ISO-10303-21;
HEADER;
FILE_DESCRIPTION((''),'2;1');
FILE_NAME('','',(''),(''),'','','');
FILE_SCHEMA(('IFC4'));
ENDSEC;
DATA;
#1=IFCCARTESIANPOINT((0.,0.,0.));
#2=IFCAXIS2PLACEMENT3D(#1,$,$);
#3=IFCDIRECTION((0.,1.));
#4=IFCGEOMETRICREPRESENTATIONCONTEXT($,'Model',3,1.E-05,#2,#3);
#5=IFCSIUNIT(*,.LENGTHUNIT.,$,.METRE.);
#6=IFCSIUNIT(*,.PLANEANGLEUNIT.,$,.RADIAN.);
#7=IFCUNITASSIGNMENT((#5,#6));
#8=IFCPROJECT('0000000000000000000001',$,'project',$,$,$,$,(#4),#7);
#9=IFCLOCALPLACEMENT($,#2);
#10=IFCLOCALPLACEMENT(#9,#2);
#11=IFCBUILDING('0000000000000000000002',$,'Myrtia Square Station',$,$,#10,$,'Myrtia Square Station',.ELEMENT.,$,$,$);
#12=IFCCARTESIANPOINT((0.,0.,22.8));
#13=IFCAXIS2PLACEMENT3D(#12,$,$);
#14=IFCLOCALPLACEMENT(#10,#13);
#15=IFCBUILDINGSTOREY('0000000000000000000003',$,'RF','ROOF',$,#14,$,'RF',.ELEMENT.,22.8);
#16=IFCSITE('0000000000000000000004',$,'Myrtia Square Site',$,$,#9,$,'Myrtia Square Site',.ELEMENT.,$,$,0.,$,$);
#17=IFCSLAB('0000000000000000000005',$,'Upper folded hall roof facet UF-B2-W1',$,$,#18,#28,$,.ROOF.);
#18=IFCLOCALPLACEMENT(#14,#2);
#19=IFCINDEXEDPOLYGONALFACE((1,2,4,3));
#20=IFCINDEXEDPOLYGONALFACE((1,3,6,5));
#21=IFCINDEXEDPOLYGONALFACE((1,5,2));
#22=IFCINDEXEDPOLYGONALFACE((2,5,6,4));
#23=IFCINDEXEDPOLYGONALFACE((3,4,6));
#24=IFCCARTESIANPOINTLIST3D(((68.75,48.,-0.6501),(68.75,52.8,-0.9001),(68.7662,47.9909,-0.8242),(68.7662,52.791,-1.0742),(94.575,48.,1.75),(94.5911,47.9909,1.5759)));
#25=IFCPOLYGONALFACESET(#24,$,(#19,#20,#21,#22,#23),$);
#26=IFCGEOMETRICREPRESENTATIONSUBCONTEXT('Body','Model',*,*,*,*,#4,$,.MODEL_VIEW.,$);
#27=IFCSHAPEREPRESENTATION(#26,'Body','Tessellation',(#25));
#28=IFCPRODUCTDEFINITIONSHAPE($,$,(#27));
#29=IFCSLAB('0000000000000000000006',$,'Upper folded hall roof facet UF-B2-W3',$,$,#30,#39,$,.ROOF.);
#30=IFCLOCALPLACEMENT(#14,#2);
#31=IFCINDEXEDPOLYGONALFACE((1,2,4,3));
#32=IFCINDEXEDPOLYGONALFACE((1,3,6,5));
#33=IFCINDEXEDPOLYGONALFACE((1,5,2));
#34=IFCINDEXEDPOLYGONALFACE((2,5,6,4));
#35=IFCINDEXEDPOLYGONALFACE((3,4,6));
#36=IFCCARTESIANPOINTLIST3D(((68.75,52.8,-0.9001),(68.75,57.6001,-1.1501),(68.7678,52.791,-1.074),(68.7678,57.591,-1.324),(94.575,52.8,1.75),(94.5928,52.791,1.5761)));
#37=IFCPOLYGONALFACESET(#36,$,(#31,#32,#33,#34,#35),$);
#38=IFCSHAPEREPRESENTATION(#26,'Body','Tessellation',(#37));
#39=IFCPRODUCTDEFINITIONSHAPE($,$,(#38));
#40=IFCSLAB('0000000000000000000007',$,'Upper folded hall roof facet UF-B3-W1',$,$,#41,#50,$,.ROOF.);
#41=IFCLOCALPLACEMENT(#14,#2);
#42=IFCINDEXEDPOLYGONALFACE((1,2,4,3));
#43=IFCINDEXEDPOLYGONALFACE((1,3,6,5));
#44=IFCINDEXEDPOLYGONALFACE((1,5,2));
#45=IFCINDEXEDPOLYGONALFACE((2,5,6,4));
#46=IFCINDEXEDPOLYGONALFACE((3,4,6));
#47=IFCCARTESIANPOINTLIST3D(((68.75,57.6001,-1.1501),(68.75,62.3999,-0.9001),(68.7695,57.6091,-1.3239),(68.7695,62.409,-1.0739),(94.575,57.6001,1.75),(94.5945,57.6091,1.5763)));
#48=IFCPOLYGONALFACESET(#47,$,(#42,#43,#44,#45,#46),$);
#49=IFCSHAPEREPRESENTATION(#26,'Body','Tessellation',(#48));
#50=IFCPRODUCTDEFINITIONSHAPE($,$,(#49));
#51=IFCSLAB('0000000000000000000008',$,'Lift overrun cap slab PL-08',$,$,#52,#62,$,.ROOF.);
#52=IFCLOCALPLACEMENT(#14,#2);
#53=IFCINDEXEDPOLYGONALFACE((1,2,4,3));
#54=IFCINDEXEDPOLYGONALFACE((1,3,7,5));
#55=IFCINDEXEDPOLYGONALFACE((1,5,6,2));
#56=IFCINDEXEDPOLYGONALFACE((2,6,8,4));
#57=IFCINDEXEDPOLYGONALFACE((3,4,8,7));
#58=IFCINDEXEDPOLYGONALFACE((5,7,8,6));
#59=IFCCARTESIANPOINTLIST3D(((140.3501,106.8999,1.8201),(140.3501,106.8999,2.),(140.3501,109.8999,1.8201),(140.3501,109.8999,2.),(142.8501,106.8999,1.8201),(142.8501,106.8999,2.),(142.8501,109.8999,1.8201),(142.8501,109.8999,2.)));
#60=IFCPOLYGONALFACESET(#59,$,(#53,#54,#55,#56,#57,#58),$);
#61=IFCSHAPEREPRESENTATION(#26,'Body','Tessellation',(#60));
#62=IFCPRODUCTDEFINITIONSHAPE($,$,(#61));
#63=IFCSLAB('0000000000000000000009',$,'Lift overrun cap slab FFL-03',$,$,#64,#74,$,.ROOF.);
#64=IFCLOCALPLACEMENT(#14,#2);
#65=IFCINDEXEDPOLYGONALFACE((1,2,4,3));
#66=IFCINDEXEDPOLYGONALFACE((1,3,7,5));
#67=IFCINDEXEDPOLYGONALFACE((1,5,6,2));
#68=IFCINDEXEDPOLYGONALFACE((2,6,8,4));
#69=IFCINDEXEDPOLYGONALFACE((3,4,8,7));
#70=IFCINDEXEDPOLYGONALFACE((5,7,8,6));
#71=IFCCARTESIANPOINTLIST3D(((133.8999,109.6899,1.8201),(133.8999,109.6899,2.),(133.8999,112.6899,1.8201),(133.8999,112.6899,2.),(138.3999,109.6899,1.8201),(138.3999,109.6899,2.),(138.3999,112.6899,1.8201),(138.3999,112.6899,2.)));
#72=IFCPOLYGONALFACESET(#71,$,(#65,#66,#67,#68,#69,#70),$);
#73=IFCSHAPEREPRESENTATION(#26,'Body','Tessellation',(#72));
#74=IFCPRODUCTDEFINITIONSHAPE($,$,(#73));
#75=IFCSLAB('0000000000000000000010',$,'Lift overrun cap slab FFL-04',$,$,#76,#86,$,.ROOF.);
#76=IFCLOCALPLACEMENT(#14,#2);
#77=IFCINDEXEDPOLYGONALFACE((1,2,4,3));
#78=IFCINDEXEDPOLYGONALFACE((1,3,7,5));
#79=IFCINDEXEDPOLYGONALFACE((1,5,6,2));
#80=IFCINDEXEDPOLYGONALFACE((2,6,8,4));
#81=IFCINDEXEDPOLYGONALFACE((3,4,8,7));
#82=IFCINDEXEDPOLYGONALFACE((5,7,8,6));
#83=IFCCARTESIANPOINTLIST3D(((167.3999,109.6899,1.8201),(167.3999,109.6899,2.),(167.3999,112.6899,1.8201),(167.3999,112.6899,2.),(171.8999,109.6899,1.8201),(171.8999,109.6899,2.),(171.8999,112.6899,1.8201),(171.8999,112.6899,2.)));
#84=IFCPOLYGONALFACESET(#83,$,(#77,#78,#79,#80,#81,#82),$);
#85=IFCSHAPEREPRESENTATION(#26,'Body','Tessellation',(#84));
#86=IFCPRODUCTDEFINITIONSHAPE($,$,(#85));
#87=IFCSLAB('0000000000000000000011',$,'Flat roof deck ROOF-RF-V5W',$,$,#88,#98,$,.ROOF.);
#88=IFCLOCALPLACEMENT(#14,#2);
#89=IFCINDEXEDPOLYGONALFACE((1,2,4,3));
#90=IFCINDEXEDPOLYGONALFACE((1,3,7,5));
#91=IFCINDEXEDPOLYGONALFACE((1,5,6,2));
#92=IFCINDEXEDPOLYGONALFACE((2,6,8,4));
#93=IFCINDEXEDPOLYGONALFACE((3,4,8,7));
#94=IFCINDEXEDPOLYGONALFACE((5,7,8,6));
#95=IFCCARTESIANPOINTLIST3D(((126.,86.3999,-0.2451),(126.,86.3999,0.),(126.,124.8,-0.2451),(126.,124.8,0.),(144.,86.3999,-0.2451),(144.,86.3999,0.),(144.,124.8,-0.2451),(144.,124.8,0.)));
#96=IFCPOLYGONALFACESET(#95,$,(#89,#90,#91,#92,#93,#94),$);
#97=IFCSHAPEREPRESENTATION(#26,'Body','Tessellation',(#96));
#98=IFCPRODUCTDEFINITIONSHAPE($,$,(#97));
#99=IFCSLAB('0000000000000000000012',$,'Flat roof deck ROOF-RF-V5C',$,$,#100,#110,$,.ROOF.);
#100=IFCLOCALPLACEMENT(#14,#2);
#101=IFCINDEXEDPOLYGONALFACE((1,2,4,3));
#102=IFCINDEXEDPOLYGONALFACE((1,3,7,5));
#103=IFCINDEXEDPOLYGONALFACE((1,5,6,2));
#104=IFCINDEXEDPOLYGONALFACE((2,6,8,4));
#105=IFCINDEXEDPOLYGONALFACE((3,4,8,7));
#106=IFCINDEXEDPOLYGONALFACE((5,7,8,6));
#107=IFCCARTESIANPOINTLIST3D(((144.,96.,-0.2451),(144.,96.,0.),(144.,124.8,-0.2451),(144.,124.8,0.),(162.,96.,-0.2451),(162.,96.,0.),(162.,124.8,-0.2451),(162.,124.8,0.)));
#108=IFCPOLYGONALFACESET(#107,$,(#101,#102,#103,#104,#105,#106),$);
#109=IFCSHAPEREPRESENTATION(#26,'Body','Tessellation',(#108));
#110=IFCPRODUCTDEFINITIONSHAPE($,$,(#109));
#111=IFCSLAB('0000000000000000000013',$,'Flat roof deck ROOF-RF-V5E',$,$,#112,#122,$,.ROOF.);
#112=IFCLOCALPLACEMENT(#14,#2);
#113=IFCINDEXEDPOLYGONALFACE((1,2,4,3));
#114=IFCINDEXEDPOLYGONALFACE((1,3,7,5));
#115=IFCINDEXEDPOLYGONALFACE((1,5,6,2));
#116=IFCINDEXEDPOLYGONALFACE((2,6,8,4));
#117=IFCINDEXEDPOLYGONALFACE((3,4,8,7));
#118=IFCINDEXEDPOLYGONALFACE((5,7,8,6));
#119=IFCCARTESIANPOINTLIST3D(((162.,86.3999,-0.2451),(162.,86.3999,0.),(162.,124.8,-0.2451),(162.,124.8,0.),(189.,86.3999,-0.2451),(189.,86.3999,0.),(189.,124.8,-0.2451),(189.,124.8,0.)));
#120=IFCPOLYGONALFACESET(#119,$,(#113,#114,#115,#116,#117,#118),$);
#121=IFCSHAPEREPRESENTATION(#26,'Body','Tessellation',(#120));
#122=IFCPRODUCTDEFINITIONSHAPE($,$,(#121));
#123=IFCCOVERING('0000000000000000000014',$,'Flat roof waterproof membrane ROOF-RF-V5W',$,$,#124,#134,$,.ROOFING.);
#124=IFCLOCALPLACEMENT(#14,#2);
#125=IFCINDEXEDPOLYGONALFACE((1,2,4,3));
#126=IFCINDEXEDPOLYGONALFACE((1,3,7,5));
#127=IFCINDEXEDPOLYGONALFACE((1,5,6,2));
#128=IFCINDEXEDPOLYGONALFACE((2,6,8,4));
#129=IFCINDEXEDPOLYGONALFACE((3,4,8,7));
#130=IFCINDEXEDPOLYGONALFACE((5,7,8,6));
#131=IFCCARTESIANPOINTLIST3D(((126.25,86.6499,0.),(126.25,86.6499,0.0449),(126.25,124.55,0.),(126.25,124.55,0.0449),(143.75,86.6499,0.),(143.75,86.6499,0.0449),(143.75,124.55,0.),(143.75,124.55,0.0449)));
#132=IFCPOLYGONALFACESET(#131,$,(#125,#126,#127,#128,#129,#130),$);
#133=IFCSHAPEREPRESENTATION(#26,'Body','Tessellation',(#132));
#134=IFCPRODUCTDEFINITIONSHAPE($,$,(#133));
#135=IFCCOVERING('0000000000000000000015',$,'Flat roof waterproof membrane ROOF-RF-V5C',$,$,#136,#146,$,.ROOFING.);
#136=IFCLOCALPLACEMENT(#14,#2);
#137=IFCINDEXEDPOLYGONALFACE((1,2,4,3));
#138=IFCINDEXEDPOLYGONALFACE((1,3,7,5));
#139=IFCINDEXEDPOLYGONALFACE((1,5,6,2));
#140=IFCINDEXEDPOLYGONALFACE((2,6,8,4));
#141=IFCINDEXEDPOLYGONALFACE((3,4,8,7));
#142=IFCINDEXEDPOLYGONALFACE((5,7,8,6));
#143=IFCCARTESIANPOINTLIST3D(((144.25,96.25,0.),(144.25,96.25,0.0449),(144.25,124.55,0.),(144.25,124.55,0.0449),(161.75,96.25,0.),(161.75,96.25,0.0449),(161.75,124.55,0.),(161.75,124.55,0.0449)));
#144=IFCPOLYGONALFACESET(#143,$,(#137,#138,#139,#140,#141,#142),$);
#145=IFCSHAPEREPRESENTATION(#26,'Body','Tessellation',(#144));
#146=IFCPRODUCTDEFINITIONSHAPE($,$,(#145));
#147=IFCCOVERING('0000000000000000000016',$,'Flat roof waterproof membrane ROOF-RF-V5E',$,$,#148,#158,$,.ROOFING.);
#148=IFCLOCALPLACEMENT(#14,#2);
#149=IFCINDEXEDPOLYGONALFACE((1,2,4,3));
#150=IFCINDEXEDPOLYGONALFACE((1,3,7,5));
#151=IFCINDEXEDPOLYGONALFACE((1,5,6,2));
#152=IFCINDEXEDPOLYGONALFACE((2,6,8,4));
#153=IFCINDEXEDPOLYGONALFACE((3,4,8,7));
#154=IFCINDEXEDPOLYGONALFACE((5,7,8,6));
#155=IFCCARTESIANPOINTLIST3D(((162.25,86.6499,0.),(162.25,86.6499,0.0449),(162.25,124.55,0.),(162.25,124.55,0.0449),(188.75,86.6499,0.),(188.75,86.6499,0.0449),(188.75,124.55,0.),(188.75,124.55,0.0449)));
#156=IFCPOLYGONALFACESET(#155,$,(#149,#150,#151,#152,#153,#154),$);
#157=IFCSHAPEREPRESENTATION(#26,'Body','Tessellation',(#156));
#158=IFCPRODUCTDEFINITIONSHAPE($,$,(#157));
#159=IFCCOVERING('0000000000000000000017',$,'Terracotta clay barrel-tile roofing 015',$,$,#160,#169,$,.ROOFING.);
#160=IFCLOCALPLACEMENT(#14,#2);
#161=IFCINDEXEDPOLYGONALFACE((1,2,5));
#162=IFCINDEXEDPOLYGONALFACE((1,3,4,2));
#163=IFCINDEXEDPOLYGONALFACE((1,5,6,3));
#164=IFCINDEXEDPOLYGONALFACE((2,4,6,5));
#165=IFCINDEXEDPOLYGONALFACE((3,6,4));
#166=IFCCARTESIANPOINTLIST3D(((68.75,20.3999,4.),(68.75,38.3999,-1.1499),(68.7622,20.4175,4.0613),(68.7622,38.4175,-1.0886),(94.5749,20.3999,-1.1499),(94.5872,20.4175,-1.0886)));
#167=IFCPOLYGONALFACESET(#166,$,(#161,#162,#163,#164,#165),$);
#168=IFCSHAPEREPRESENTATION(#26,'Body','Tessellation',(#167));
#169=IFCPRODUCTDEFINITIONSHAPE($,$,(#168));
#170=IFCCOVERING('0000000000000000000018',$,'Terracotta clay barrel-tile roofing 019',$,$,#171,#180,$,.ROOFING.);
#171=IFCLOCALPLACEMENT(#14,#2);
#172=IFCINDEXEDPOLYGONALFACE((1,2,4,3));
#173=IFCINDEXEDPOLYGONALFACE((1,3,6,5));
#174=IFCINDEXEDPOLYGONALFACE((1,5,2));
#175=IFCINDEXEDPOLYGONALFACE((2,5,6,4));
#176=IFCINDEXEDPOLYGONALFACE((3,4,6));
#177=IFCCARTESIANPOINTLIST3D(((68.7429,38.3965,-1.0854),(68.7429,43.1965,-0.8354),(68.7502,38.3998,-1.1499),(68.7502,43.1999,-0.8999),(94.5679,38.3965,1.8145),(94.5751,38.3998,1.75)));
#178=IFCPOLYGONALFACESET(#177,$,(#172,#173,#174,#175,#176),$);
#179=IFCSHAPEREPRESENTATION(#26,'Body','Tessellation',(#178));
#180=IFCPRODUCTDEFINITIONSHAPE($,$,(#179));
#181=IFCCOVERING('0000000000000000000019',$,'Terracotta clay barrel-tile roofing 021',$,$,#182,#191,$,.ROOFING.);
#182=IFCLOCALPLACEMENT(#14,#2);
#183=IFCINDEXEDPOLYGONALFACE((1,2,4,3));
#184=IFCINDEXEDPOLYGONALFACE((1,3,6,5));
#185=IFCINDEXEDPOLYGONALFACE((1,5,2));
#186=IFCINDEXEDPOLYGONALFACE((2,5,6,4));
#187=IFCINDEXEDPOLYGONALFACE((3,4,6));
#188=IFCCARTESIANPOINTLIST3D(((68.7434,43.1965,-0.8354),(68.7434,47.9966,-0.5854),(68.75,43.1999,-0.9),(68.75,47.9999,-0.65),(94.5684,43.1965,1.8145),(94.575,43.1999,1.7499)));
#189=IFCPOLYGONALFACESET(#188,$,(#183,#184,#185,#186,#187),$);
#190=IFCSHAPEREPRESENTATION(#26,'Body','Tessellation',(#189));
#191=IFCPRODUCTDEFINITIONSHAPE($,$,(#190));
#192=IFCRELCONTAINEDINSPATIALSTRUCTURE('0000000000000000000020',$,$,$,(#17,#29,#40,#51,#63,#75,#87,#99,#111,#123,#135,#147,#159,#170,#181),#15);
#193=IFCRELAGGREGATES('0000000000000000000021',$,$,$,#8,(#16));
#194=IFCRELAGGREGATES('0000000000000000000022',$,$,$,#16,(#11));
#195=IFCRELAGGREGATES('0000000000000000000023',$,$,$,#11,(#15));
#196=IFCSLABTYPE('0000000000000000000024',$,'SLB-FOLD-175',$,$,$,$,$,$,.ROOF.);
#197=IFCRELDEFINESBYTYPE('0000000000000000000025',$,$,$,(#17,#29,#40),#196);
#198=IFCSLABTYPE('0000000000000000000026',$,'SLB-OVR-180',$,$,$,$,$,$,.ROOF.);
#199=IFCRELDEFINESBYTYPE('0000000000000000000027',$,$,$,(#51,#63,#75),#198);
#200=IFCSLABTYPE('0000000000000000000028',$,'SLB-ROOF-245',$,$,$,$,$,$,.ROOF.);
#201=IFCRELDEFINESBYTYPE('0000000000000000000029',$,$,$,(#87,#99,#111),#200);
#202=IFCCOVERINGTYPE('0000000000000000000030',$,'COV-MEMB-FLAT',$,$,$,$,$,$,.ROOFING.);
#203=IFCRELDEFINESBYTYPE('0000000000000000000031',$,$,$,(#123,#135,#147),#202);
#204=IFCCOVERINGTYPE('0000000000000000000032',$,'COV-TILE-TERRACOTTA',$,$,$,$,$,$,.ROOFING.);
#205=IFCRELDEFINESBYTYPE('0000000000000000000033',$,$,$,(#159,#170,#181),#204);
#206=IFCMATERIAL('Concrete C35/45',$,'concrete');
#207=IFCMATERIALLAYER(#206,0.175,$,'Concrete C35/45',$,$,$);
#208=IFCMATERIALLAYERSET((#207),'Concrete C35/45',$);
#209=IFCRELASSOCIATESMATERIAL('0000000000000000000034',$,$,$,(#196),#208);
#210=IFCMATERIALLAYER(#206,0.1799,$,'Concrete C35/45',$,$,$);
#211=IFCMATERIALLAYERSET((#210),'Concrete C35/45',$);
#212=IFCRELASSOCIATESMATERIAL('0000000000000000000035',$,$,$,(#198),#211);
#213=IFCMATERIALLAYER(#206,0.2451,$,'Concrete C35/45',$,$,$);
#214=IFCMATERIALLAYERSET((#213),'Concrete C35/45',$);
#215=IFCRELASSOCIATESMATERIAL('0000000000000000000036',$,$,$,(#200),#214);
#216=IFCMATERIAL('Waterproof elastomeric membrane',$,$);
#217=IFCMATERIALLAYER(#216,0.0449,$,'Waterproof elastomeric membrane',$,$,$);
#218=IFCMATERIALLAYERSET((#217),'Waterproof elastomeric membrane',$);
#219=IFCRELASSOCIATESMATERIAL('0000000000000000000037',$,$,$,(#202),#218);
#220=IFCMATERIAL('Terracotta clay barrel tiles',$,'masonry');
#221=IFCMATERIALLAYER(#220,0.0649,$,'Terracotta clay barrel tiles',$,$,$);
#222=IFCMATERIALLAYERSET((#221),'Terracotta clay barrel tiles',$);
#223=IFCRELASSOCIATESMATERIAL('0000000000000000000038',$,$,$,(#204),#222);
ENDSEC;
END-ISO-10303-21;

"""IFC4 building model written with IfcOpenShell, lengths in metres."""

from ifc_helpers import new_model, si_unit, direction, frame, origin, place, context, subcontext, project, spatial, polyline, outline, extrude, material, layer, layer_set, type_object, element, save


model = new_model("IFC4")

# Units and contexts
model_context = context("Model", 3, precision=1e-05, world=origin(), true_north=direction((0.0, 1.0)))
body_context = subcontext(model_context, "Body", "Model", "MODEL_VIEW")
ifc_project = project(units=[si_unit("LENGTHUNIT", "METRE"), si_unit("PLANEANGLEUNIT", "RADIAN")], contexts=[model_context])

# Site, building, storey
site_placement = place(None, origin())
site = spatial("IfcSite", under=ifc_project, at=site_placement, Name="Myrtia Square Site", LongName="Myrtia Square Site", CompositionType="ELEMENT", RefElevation=0.0)
building_placement = place(site_placement, origin())
building = spatial("IfcBuilding", under=site, at=building_placement, Name="Myrtia Square Station", LongName="Myrtia Square Station", CompositionType="ELEMENT")
storey_placement = place(building_placement, frame((0.0, 0.0, 22.8)))
storey = spatial("IfcBuildingStorey", under=building, at=storey_placement, Name="RF", Description="ROOF", LongName="RF", CompositionType="ELEMENT", Elevation=22.8)

# Slabs
ifc_material_1 = material(Name="Concrete C35/45", Category="concrete")
ifc_layer_1 = layer(ifc_material_1, 0.175, Name="Concrete C35/45")
ifc_layer_set_1 = layer_set([ifc_layer_1], Name="Concrete C35/45")
slab_type_1 = type_object("IfcSlabType", Name="SLB-FOLD-175", PredefinedType="ROOF", material=ifc_layer_set_1)
slab_1_placement = place(storey_placement, frame((68.75, 48.0, -0.6501), z_axis=(-0.092416, 0.05179, 0.994373), x_axis=(0.995709, 0.0, 0.09254)))
element("IfcSlab", 1, at=slab_1_placement, inside=storey, type_object=slab_type_1, Name="Upper folded hall roof facet UF-B2-W1", PredefinedType="ROOF", context=body_context, shape_type="SweptSolid", body=[
    extrude(outline(polyline([(0.0, 0.0), (25.9362, 0.0), (-0.0231, 4.8065), (0.0, 0.0)])), origin(), (0.0, 0.0, -1.0), 0.175),
])
slab_2_placement = place(storey_placement, frame((68.75, 52.8, -0.9001), z_axis=(-0.101947, 0.051741, 0.993443), x_axis=(0.994776, 0.0, 0.102084)))
element("IfcSlab", 2, at=slab_2_placement, inside=storey, type_object=slab_type_1, Name="Upper folded hall roof facet UF-B2-W3", PredefinedType="ROOF", context=body_context, shape_type="SweptSolid", body=[
    extrude(outline(polyline([(0.0, 0.0), (25.9606, 0.0), (-0.0255, 4.8065), (0.0, 0.0)])), origin(), (0.0, 0.0, -1.0), 0.175),
])
slab_3_placement = place(storey_placement, frame((68.75, 57.6001, -1.1501), z_axis=(-0.111449, -0.051691, 0.992425), x_axis=(0.993753, 0.0, 0.111599)))
element("IfcSlab", 3, at=slab_3_placement, inside=storey, type_object=slab_type_1, Name="Upper folded hall roof facet UF-B3-W1", PredefinedType="ROOF", context=body_context, shape_type="SweptSolid", body=[
    extrude(outline(polyline([(0.0, 0.0), (25.9873, 0.0), (0.0279, 4.8062), (0.0, 0.0)])), origin(), (0.0, 0.0, -1.0), 0.175),
])
ifc_layer_2 = layer(ifc_material_1, 0.1799, Name="Concrete C35/45")
ifc_layer_set_2 = layer_set([ifc_layer_2], Name="Concrete C35/45")
slab_type_2 = type_object("IfcSlabType", Name="SLB-OVR-180", PredefinedType="ROOF", material=ifc_layer_set_2)
slab_4_placement = place(storey_placement, frame((0.0, 0.0, 1.8201)))
element("IfcSlab", 4, at=slab_4_placement, inside=storey, type_object=slab_type_2, Name="Lift overrun cap slab PL-08", PredefinedType="ROOF", context=body_context, shape_type="SweptSolid", body=[
    extrude(outline(polyline([(140.3501, 106.8999), (142.8501, 106.8999), (142.8501, 109.8999), (140.3501, 109.8999), (140.3501, 106.8999)])), origin(), (0.0, 0.0, 1.0), 0.1799),
])
slab_5_placement = place(storey_placement, frame((0.0, 0.0, 1.8201)))
element("IfcSlab", 5, at=slab_5_placement, inside=storey, type_object=slab_type_2, Name="Lift overrun cap slab FFL-03", PredefinedType="ROOF", context=body_context, shape_type="SweptSolid", body=[
    extrude(outline(polyline([(133.8999, 109.6899), (138.3999, 109.6899), (138.3999, 112.6899), (133.8999, 112.6899), (133.8999, 109.6899)])), origin(), (0.0, 0.0, 1.0), 0.1799),
])
slab_6_placement = place(storey_placement, frame((0.0, 0.0, 1.8201)))
element("IfcSlab", 6, at=slab_6_placement, inside=storey, type_object=slab_type_2, Name="Lift overrun cap slab FFL-04", PredefinedType="ROOF", context=body_context, shape_type="SweptSolid", body=[
    extrude(outline(polyline([(167.3999, 109.6899), (171.8999, 109.6899), (171.8999, 112.6899), (167.3999, 112.6899), (167.3999, 109.6899)])), origin(), (0.0, 0.0, 1.0), 0.1799),
])
ifc_layer_3 = layer(ifc_material_1, 0.2451, Name="Concrete C35/45")
ifc_layer_set_3 = layer_set([ifc_layer_3], Name="Concrete C35/45")
slab_type_3 = type_object("IfcSlabType", Name="SLB-ROOF-245", PredefinedType="ROOF", material=ifc_layer_set_3)
slab_7_placement = place(storey_placement, frame((0.0, 0.0, -0.2451)))
element("IfcSlab", 7, at=slab_7_placement, inside=storey, type_object=slab_type_3, Name="Flat roof deck ROOF-RF-V5W", PredefinedType="ROOF", context=body_context, shape_type="SweptSolid", body=[
    extrude(outline(polyline([(126.0, 86.3999), (144.0, 86.3999), (144.0, 124.8), (126.0, 124.8), (126.0, 86.3999)])), origin(), (0.0, 0.0, 1.0), 0.2451),
])
slab_8_placement = place(storey_placement, frame((0.0, 0.0, -0.2451)))
element("IfcSlab", 8, at=slab_8_placement, inside=storey, type_object=slab_type_3, Name="Flat roof deck ROOF-RF-V5C", PredefinedType="ROOF", context=body_context, shape_type="SweptSolid", body=[
    extrude(outline(polyline([(144.0, 96.0), (162.0, 96.0), (162.0, 124.8), (144.0, 124.8), (144.0, 96.0)])), origin(), (0.0, 0.0, 1.0), 0.2451),
])
slab_9_placement = place(storey_placement, frame((0.0, 0.0, -0.2451)))
element("IfcSlab", 9, at=slab_9_placement, inside=storey, type_object=slab_type_3, Name="Flat roof deck ROOF-RF-V5E", PredefinedType="ROOF", context=body_context, shape_type="SweptSolid", body=[
    extrude(outline(polyline([(162.0, 86.3999), (189.0, 86.3999), (189.0, 124.8), (162.0, 124.8), (162.0, 86.3999)])), origin(), (0.0, 0.0, 1.0), 0.2451),
])

# Coverings
ifc_material_2 = material(Name="Waterproof elastomeric membrane")
ifc_layer_4 = layer(ifc_material_2, 0.0449, Name="Waterproof elastomeric membrane")
ifc_layer_set_4 = layer_set([ifc_layer_4], Name="Waterproof elastomeric membrane")
covering_type_1 = type_object("IfcCoveringType", Name="COV-MEMB-FLAT", PredefinedType="ROOFING", material=ifc_layer_set_4)
covering_1_placement = place(storey_placement, origin())
element("IfcCovering", 10, at=covering_1_placement, inside=storey, type_object=covering_type_1, Name="Flat roof waterproof membrane ROOF-RF-V5W", PredefinedType="ROOFING", context=body_context, shape_type="SweptSolid", body=[
    extrude(outline(polyline([(126.25, 86.6499), (143.75, 86.6499), (143.75, 124.55), (126.25, 124.55), (126.25, 86.6499)])), origin(), (0.0, 0.0, 1.0), 0.0449),
])
covering_2_placement = place(storey_placement, origin())
element("IfcCovering", 11, at=covering_2_placement, inside=storey, type_object=covering_type_1, Name="Flat roof waterproof membrane ROOF-RF-V5C", PredefinedType="ROOFING", context=body_context, shape_type="SweptSolid", body=[
    extrude(outline(polyline([(144.25, 96.25), (161.75, 96.25), (161.75, 124.55), (144.25, 124.55), (144.25, 96.25)])), origin(), (0.0, 0.0, 1.0), 0.0449),
])
covering_3_placement = place(storey_placement, origin())
element("IfcCovering", 12, at=covering_3_placement, inside=storey, type_object=covering_type_1, Name="Flat roof waterproof membrane ROOF-RF-V5E", PredefinedType="ROOFING", context=body_context, shape_type="SweptSolid", body=[
    extrude(outline(polyline([(162.25, 86.6499), (188.75, 86.6499), (188.75, 124.55), (162.25, 124.55), (162.25, 86.6499)])), origin(), (0.0, 0.0, 1.0), 0.0449),
])
ifc_material_3 = material(Name="Terracotta clay barrel tiles", Category="masonry")
ifc_layer_5 = layer(ifc_material_3, 0.0649, Name="Terracotta clay barrel tiles")
ifc_layer_set_5 = layer_set([ifc_layer_5], Name="Terracotta clay barrel tiles")
covering_type_2 = type_object("IfcCoveringType", Name="COV-TILE-TERRACOTTA", PredefinedType="ROOFING", material=ifc_layer_set_5)
covering_4_placement = place(storey_placement, frame((68.7622, 20.4175, 4.0613), z_axis=(0.188294, 0.270149, 0.944227), x_axis=(0.980691, 0.0, -0.195565)))
element("IfcCovering", 13, at=covering_4_placement, inside=storey, type_object=covering_type_2, Name="Terracotta clay barrel-tile roofing 015", PredefinedType="ROOFING", context=body_context, shape_type="SweptSolid", body=[
    extrude(outline(polyline([(0.0, 0.0), (26.3334, 0.0), (1.0071, 18.6951), (0.0, 0.0)])), origin(), (0.0, 0.0, -1.0), 0.0649),
])
covering_5_placement = place(storey_placement, frame((68.7429, 38.3965, -1.0854), z_axis=(-0.11144, -0.051688, 0.992426), x_axis=(0.993754, 0.0, 0.111589)))
element("IfcCovering", 14, at=covering_5_placement, inside=storey, type_object=covering_type_2, Name="Terracotta clay barrel-tile roofing 019", PredefinedType="ROOFING", context=body_context, shape_type="SweptSolid", body=[
    extrude(outline(polyline([(0.0, 0.0), (25.9873, 0.0), (0.0279, 4.8065), (0.0, 0.0)])), origin(), (0.0, 0.0, -1.0), 0.0649),
])
covering_6_placement = place(storey_placement, frame((68.7434, 43.1965, -0.8354), z_axis=(-0.101937, -0.051741, 0.993444), x_axis=(0.994777, 0.0, 0.102074)))
element("IfcCovering", 15, at=covering_6_placement, inside=storey, type_object=covering_type_2, Name="Terracotta clay barrel-tile roofing 021", PredefinedType="ROOFING", context=body_context, shape_type="SweptSolid", body=[
    extrude(outline(polyline([(0.0, 0.0), (25.9605, 0.0), (0.0255, 4.8065), (0.0, 0.0)])), origin(), (0.0, 0.0, -1.0), 0.0649),
])

save(model, "model.ifc")
